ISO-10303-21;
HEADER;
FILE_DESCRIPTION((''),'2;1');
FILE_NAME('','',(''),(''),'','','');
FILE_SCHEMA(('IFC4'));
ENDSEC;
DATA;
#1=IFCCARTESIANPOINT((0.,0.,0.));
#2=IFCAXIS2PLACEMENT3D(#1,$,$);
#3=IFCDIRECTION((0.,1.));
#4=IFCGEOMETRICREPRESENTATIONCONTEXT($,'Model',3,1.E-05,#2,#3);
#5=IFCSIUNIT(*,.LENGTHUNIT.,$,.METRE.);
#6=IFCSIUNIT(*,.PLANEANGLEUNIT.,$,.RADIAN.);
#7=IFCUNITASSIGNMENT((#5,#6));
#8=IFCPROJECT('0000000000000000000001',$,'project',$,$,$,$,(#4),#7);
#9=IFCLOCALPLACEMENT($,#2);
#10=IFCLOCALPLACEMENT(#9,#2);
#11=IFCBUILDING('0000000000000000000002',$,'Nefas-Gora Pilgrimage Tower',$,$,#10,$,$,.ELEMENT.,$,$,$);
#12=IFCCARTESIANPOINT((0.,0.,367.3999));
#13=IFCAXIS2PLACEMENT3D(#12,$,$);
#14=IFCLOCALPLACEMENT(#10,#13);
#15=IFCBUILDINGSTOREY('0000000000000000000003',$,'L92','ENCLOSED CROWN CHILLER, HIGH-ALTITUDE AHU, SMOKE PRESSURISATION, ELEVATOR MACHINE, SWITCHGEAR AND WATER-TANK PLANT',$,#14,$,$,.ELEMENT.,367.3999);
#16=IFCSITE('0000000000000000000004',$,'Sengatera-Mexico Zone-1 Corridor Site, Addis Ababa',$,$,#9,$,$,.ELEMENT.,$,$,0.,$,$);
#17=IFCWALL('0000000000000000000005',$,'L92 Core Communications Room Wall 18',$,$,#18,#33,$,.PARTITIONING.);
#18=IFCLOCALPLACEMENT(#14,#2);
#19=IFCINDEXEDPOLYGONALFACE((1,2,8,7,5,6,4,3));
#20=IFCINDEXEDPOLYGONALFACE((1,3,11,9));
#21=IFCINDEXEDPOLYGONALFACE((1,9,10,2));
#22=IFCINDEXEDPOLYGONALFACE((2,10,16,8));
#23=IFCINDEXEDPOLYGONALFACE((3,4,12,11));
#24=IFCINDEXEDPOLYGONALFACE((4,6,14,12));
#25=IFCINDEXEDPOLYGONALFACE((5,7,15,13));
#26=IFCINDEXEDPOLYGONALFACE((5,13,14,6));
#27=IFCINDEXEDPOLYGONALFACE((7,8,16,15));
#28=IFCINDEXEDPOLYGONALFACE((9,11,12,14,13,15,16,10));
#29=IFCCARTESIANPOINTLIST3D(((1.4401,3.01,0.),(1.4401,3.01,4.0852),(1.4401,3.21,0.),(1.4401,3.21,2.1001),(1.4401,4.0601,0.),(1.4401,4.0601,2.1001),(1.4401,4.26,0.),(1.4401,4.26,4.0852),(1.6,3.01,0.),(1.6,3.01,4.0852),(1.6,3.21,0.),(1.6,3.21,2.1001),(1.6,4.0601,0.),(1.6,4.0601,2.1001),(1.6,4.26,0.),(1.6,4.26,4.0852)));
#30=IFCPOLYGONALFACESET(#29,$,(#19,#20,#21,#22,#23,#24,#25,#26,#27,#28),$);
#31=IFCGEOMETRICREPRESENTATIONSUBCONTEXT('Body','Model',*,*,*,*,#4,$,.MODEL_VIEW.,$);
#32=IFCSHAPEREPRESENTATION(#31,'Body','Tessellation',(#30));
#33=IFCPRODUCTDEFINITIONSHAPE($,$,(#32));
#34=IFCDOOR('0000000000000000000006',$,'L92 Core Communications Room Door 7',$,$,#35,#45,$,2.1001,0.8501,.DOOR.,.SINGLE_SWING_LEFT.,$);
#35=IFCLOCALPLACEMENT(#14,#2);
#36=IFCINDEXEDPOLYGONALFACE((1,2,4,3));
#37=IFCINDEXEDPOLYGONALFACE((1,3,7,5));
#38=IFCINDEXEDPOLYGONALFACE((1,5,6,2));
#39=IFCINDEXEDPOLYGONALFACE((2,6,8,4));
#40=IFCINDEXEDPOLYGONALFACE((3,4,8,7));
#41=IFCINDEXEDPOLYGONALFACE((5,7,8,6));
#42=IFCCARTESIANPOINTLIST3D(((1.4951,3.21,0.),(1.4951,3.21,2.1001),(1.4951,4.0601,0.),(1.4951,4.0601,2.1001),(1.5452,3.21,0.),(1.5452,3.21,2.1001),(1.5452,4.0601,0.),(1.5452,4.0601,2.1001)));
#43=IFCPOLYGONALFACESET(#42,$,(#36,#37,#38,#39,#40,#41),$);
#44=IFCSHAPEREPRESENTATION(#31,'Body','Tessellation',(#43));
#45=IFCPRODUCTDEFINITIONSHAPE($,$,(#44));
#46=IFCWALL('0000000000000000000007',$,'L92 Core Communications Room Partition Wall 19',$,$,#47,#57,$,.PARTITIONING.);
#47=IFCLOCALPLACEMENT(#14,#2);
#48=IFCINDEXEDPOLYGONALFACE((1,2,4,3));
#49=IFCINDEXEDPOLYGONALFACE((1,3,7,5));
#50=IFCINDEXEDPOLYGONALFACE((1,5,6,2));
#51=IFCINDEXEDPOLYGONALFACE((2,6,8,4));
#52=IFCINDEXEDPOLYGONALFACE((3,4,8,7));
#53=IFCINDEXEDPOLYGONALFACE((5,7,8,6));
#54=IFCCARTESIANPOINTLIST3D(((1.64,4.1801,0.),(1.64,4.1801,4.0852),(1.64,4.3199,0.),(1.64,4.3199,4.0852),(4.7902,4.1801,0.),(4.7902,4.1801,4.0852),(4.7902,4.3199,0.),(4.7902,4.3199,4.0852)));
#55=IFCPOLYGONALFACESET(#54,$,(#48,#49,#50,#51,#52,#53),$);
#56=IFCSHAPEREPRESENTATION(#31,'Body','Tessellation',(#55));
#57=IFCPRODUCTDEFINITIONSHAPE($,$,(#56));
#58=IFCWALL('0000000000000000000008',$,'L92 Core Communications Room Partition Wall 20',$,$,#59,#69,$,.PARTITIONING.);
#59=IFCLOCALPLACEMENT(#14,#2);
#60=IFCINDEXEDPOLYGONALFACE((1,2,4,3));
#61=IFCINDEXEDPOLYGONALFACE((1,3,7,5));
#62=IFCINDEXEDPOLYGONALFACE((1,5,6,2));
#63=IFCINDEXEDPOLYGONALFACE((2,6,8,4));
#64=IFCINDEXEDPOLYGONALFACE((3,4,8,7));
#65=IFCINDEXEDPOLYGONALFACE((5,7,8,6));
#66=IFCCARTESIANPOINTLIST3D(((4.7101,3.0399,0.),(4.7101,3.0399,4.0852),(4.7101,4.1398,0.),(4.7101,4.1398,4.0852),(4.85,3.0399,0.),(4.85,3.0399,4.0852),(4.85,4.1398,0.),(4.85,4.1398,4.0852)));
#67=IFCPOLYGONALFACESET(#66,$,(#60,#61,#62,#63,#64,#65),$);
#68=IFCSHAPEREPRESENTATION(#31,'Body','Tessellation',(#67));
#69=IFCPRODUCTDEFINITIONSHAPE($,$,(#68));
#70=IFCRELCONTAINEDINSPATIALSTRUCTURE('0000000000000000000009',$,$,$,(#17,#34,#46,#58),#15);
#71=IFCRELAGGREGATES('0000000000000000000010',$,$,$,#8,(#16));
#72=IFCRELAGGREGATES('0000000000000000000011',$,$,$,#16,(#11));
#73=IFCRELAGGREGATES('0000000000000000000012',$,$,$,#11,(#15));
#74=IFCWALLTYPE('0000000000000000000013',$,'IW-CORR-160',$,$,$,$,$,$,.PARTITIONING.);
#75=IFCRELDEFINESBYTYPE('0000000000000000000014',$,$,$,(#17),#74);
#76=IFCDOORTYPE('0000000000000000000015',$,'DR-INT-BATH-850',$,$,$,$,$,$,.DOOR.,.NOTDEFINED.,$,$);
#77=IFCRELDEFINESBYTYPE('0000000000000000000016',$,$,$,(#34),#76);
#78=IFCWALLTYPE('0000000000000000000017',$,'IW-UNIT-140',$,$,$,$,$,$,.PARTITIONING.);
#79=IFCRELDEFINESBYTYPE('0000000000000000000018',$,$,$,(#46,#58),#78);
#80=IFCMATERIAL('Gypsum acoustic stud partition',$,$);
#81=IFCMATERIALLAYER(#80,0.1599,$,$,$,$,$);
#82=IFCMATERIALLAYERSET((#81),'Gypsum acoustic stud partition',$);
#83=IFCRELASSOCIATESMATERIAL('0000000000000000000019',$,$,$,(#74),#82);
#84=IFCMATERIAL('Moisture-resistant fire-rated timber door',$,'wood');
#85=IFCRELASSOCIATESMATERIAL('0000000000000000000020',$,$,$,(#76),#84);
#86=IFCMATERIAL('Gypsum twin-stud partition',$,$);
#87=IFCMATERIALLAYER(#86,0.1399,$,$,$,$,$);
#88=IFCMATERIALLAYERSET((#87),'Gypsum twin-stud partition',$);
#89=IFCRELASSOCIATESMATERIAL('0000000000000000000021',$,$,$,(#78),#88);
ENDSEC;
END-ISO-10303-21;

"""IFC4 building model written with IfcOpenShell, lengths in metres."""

from ifc_helpers import new_model, si_unit, direction, frame, frame_2d, origin, place, context, subcontext, project, spatial, rectangle, extrude, source, transform, mapped, material, layer, layer_set, type_object, element, fill, save


model = new_model("IFC4")

# Units and contexts
model_context = context("Model", 3, precision=1e-05, world=origin(), true_north=direction((0.0, 1.0)))
body_context = subcontext(model_context, "Body", "Model", "MODEL_VIEW")
ifc_project = project(units=[si_unit("LENGTHUNIT", "METRE"), si_unit("PLANEANGLEUNIT", "RADIAN")], contexts=[model_context])

# Site, building, storey
site_placement = place(None, origin())
site = spatial("IfcSite", under=ifc_project, at=site_placement, Name="Sengatera-Mexico Zone-1 Corridor Site, Addis Ababa", CompositionType="ELEMENT", RefElevation=0.0)
building_placement = place(site_placement, origin())
building = spatial("IfcBuilding", under=site, at=building_placement, Name="Nefas-Gora Pilgrimage Tower", CompositionType="ELEMENT")
storey_placement = place(building_placement, frame((0.0, 0.0, 367.3999)))
storey = spatial("IfcBuildingStorey", under=building, at=storey_placement, Name="L92", Description="ENCLOSED CROWN CHILLER, HIGH-ALTITUDE AHU, SMOKE PRESSURISATION, ELEVATOR MACHINE, SWITCHGEAR AND WATER-TANK PLANT", CompositionType="ELEMENT", Elevation=367.3999)

# Wall, opening, door
ifc_material_1 = material(Name="Gypsum acoustic stud partition")
ifc_layer_1 = layer(ifc_material_1, 0.1599)
ifc_layer_set_1 = layer_set([ifc_layer_1], Name="Gypsum acoustic stud partition")
wall_type_1 = type_object("IfcWallType", Name="IW-CORR-160", PredefinedType="PARTITIONING", material=ifc_layer_set_1)
shared_shape_1 = source(origin(), body_context, "Body", "SweptSolid", [
    extrude(rectangle(XDim=1.25, YDim=0.1599, at=frame_2d((0.625, 0.0))), origin(), (0.0, 0.0, 1.0), 4.0852),
])
wall_1_placement = place(storey_placement, frame((1.52, 3.01, 0.0), z_axis=(0.0, 0.0, 1.0), x_axis=(0.0, 1.0, 0.0)))
wall_1 = element("IfcWall", 1, at=wall_1_placement, inside=storey, type_object=wall_type_1, Name="L92 Core Communications Room Wall 18", PredefinedType="PARTITIONING", context=body_context, shape_type="MappedRepresentation", body=[
    mapped(shared_shape_1, transform((0.0, 0.0, 0.0), x_axis=(1.0, 0.0, 0.0), y_axis=(0.0, 1.0, 0.0), z_axis=(0.0, 0.0, 1.0), scale=1.0)),
])
opening_placement = place(wall_1_placement, frame((0.2, 0.0, 0.0)))
opening = element("IfcOpeningElement", 2, at=opening_placement, cuts=wall_1, PredefinedType="OPENING", context=body_context, shape_type="SweptSolid", body=[
    extrude(rectangle(XDim=0.8501, YDim=2.1001, at=frame_2d((0.425, 1.05))), frame((0.0, 0.0898, 0.0), z_axis=(0.0, -1.0, 0.0), x_axis=(1.0, 0.0, 0.0)), (0.0, 0.0, 1.0), 0.1799),
])
ifc_material_2 = material(Name="Moisture-resistant fire-rated timber door", Category="wood")
door_type = type_object("IfcDoorType", Name="DR-INT-BATH-850", OperationType="NOTDEFINED", PredefinedType="DOOR", material=ifc_material_2)
shared_shape_2 = source(origin(), body_context, "Body", "SweptSolid", [
    extrude(rectangle(XDim=0.8501, YDim=2.1001, at=frame_2d((0.425, 1.05))), frame((0.0, 0.0249, 0.0), z_axis=(0.0, -1.0, 0.0), x_axis=(1.0, 0.0, 0.0)), (0.0, 0.0, 1.0), 0.05),
])
door_placement = place(opening_placement, origin())
door = element("IfcDoor", 3, at=door_placement, inside=storey, type_object=door_type, Name="L92 Core Communications Room Door 7", OperationType="SINGLE_SWING_LEFT", OverallHeight=2.1001, OverallWidth=0.8501, PredefinedType="DOOR", context=body_context, shape_type="MappedRepresentation", body=[
    mapped(shared_shape_2, transform((0.0, 0.0, 0.0), x_axis=(1.0, 0.0, 0.0), y_axis=(0.0, 1.0, 0.0), z_axis=(0.0, 0.0, 1.0), scale=1.0)),
])
fill(opening, door)

# Walls
ifc_material_3 = material(Name="Gypsum twin-stud partition")
ifc_layer_2 = layer(ifc_material_3, 0.1399)
ifc_layer_set_2 = layer_set([ifc_layer_2], Name="Gypsum twin-stud partition")
wall_type_2 = type_object("IfcWallType", Name="IW-UNIT-140", PredefinedType="PARTITIONING", material=ifc_layer_set_2)
shared_shape_3 = source(origin(), body_context, "Body", "SweptSolid", [
    extrude(rectangle(XDim=3.1501, YDim=0.1399, at=frame_2d((1.5752, 0.0))), origin(), (0.0, 0.0, 1.0), 4.0852),
])
wall_2_placement = place(storey_placement, frame((1.6399, 4.25, 0.0), z_axis=(0.0, 0.0, 1.0), x_axis=(1.0, 0.0, 0.0)))
element("IfcWall", 4, at=wall_2_placement, inside=storey, type_object=wall_type_2, Name="L92 Core Communications Room Partition Wall 19", PredefinedType="PARTITIONING", context=body_context, shape_type="MappedRepresentation", body=[
    mapped(shared_shape_3, transform((0.0, 0.0, 0.0), x_axis=(1.0, 0.0, 0.0), y_axis=(0.0, 1.0, 0.0), z_axis=(0.0, 0.0, 1.0), scale=1.0)),
])
shared_shape_4 = source(origin(), body_context, "Body", "SweptSolid", [
    extrude(rectangle(XDim=1.0999, YDim=0.1399, at=frame_2d((0.5498, 0.0))), origin(), (0.0, 0.0, 1.0), 4.0852),
])
wall_3_placement = place(storey_placement, frame((4.78, 3.04, 0.0), z_axis=(0.0, 0.0, 1.0), x_axis=(0.0, 1.0, 0.0)))
element("IfcWall", 5, at=wall_3_placement, inside=storey, type_object=wall_type_2, Name="L92 Core Communications Room Partition Wall 20", PredefinedType="PARTITIONING", context=body_context, shape_type="MappedRepresentation", body=[
    mapped(shared_shape_4, transform((0.0, 0.0, 0.0), x_axis=(1.0, 0.0, 0.0), y_axis=(0.0, 1.0, 0.0), z_axis=(0.0, 0.0, 1.0), scale=1.0)),
])

save(model, "model.ifc")
